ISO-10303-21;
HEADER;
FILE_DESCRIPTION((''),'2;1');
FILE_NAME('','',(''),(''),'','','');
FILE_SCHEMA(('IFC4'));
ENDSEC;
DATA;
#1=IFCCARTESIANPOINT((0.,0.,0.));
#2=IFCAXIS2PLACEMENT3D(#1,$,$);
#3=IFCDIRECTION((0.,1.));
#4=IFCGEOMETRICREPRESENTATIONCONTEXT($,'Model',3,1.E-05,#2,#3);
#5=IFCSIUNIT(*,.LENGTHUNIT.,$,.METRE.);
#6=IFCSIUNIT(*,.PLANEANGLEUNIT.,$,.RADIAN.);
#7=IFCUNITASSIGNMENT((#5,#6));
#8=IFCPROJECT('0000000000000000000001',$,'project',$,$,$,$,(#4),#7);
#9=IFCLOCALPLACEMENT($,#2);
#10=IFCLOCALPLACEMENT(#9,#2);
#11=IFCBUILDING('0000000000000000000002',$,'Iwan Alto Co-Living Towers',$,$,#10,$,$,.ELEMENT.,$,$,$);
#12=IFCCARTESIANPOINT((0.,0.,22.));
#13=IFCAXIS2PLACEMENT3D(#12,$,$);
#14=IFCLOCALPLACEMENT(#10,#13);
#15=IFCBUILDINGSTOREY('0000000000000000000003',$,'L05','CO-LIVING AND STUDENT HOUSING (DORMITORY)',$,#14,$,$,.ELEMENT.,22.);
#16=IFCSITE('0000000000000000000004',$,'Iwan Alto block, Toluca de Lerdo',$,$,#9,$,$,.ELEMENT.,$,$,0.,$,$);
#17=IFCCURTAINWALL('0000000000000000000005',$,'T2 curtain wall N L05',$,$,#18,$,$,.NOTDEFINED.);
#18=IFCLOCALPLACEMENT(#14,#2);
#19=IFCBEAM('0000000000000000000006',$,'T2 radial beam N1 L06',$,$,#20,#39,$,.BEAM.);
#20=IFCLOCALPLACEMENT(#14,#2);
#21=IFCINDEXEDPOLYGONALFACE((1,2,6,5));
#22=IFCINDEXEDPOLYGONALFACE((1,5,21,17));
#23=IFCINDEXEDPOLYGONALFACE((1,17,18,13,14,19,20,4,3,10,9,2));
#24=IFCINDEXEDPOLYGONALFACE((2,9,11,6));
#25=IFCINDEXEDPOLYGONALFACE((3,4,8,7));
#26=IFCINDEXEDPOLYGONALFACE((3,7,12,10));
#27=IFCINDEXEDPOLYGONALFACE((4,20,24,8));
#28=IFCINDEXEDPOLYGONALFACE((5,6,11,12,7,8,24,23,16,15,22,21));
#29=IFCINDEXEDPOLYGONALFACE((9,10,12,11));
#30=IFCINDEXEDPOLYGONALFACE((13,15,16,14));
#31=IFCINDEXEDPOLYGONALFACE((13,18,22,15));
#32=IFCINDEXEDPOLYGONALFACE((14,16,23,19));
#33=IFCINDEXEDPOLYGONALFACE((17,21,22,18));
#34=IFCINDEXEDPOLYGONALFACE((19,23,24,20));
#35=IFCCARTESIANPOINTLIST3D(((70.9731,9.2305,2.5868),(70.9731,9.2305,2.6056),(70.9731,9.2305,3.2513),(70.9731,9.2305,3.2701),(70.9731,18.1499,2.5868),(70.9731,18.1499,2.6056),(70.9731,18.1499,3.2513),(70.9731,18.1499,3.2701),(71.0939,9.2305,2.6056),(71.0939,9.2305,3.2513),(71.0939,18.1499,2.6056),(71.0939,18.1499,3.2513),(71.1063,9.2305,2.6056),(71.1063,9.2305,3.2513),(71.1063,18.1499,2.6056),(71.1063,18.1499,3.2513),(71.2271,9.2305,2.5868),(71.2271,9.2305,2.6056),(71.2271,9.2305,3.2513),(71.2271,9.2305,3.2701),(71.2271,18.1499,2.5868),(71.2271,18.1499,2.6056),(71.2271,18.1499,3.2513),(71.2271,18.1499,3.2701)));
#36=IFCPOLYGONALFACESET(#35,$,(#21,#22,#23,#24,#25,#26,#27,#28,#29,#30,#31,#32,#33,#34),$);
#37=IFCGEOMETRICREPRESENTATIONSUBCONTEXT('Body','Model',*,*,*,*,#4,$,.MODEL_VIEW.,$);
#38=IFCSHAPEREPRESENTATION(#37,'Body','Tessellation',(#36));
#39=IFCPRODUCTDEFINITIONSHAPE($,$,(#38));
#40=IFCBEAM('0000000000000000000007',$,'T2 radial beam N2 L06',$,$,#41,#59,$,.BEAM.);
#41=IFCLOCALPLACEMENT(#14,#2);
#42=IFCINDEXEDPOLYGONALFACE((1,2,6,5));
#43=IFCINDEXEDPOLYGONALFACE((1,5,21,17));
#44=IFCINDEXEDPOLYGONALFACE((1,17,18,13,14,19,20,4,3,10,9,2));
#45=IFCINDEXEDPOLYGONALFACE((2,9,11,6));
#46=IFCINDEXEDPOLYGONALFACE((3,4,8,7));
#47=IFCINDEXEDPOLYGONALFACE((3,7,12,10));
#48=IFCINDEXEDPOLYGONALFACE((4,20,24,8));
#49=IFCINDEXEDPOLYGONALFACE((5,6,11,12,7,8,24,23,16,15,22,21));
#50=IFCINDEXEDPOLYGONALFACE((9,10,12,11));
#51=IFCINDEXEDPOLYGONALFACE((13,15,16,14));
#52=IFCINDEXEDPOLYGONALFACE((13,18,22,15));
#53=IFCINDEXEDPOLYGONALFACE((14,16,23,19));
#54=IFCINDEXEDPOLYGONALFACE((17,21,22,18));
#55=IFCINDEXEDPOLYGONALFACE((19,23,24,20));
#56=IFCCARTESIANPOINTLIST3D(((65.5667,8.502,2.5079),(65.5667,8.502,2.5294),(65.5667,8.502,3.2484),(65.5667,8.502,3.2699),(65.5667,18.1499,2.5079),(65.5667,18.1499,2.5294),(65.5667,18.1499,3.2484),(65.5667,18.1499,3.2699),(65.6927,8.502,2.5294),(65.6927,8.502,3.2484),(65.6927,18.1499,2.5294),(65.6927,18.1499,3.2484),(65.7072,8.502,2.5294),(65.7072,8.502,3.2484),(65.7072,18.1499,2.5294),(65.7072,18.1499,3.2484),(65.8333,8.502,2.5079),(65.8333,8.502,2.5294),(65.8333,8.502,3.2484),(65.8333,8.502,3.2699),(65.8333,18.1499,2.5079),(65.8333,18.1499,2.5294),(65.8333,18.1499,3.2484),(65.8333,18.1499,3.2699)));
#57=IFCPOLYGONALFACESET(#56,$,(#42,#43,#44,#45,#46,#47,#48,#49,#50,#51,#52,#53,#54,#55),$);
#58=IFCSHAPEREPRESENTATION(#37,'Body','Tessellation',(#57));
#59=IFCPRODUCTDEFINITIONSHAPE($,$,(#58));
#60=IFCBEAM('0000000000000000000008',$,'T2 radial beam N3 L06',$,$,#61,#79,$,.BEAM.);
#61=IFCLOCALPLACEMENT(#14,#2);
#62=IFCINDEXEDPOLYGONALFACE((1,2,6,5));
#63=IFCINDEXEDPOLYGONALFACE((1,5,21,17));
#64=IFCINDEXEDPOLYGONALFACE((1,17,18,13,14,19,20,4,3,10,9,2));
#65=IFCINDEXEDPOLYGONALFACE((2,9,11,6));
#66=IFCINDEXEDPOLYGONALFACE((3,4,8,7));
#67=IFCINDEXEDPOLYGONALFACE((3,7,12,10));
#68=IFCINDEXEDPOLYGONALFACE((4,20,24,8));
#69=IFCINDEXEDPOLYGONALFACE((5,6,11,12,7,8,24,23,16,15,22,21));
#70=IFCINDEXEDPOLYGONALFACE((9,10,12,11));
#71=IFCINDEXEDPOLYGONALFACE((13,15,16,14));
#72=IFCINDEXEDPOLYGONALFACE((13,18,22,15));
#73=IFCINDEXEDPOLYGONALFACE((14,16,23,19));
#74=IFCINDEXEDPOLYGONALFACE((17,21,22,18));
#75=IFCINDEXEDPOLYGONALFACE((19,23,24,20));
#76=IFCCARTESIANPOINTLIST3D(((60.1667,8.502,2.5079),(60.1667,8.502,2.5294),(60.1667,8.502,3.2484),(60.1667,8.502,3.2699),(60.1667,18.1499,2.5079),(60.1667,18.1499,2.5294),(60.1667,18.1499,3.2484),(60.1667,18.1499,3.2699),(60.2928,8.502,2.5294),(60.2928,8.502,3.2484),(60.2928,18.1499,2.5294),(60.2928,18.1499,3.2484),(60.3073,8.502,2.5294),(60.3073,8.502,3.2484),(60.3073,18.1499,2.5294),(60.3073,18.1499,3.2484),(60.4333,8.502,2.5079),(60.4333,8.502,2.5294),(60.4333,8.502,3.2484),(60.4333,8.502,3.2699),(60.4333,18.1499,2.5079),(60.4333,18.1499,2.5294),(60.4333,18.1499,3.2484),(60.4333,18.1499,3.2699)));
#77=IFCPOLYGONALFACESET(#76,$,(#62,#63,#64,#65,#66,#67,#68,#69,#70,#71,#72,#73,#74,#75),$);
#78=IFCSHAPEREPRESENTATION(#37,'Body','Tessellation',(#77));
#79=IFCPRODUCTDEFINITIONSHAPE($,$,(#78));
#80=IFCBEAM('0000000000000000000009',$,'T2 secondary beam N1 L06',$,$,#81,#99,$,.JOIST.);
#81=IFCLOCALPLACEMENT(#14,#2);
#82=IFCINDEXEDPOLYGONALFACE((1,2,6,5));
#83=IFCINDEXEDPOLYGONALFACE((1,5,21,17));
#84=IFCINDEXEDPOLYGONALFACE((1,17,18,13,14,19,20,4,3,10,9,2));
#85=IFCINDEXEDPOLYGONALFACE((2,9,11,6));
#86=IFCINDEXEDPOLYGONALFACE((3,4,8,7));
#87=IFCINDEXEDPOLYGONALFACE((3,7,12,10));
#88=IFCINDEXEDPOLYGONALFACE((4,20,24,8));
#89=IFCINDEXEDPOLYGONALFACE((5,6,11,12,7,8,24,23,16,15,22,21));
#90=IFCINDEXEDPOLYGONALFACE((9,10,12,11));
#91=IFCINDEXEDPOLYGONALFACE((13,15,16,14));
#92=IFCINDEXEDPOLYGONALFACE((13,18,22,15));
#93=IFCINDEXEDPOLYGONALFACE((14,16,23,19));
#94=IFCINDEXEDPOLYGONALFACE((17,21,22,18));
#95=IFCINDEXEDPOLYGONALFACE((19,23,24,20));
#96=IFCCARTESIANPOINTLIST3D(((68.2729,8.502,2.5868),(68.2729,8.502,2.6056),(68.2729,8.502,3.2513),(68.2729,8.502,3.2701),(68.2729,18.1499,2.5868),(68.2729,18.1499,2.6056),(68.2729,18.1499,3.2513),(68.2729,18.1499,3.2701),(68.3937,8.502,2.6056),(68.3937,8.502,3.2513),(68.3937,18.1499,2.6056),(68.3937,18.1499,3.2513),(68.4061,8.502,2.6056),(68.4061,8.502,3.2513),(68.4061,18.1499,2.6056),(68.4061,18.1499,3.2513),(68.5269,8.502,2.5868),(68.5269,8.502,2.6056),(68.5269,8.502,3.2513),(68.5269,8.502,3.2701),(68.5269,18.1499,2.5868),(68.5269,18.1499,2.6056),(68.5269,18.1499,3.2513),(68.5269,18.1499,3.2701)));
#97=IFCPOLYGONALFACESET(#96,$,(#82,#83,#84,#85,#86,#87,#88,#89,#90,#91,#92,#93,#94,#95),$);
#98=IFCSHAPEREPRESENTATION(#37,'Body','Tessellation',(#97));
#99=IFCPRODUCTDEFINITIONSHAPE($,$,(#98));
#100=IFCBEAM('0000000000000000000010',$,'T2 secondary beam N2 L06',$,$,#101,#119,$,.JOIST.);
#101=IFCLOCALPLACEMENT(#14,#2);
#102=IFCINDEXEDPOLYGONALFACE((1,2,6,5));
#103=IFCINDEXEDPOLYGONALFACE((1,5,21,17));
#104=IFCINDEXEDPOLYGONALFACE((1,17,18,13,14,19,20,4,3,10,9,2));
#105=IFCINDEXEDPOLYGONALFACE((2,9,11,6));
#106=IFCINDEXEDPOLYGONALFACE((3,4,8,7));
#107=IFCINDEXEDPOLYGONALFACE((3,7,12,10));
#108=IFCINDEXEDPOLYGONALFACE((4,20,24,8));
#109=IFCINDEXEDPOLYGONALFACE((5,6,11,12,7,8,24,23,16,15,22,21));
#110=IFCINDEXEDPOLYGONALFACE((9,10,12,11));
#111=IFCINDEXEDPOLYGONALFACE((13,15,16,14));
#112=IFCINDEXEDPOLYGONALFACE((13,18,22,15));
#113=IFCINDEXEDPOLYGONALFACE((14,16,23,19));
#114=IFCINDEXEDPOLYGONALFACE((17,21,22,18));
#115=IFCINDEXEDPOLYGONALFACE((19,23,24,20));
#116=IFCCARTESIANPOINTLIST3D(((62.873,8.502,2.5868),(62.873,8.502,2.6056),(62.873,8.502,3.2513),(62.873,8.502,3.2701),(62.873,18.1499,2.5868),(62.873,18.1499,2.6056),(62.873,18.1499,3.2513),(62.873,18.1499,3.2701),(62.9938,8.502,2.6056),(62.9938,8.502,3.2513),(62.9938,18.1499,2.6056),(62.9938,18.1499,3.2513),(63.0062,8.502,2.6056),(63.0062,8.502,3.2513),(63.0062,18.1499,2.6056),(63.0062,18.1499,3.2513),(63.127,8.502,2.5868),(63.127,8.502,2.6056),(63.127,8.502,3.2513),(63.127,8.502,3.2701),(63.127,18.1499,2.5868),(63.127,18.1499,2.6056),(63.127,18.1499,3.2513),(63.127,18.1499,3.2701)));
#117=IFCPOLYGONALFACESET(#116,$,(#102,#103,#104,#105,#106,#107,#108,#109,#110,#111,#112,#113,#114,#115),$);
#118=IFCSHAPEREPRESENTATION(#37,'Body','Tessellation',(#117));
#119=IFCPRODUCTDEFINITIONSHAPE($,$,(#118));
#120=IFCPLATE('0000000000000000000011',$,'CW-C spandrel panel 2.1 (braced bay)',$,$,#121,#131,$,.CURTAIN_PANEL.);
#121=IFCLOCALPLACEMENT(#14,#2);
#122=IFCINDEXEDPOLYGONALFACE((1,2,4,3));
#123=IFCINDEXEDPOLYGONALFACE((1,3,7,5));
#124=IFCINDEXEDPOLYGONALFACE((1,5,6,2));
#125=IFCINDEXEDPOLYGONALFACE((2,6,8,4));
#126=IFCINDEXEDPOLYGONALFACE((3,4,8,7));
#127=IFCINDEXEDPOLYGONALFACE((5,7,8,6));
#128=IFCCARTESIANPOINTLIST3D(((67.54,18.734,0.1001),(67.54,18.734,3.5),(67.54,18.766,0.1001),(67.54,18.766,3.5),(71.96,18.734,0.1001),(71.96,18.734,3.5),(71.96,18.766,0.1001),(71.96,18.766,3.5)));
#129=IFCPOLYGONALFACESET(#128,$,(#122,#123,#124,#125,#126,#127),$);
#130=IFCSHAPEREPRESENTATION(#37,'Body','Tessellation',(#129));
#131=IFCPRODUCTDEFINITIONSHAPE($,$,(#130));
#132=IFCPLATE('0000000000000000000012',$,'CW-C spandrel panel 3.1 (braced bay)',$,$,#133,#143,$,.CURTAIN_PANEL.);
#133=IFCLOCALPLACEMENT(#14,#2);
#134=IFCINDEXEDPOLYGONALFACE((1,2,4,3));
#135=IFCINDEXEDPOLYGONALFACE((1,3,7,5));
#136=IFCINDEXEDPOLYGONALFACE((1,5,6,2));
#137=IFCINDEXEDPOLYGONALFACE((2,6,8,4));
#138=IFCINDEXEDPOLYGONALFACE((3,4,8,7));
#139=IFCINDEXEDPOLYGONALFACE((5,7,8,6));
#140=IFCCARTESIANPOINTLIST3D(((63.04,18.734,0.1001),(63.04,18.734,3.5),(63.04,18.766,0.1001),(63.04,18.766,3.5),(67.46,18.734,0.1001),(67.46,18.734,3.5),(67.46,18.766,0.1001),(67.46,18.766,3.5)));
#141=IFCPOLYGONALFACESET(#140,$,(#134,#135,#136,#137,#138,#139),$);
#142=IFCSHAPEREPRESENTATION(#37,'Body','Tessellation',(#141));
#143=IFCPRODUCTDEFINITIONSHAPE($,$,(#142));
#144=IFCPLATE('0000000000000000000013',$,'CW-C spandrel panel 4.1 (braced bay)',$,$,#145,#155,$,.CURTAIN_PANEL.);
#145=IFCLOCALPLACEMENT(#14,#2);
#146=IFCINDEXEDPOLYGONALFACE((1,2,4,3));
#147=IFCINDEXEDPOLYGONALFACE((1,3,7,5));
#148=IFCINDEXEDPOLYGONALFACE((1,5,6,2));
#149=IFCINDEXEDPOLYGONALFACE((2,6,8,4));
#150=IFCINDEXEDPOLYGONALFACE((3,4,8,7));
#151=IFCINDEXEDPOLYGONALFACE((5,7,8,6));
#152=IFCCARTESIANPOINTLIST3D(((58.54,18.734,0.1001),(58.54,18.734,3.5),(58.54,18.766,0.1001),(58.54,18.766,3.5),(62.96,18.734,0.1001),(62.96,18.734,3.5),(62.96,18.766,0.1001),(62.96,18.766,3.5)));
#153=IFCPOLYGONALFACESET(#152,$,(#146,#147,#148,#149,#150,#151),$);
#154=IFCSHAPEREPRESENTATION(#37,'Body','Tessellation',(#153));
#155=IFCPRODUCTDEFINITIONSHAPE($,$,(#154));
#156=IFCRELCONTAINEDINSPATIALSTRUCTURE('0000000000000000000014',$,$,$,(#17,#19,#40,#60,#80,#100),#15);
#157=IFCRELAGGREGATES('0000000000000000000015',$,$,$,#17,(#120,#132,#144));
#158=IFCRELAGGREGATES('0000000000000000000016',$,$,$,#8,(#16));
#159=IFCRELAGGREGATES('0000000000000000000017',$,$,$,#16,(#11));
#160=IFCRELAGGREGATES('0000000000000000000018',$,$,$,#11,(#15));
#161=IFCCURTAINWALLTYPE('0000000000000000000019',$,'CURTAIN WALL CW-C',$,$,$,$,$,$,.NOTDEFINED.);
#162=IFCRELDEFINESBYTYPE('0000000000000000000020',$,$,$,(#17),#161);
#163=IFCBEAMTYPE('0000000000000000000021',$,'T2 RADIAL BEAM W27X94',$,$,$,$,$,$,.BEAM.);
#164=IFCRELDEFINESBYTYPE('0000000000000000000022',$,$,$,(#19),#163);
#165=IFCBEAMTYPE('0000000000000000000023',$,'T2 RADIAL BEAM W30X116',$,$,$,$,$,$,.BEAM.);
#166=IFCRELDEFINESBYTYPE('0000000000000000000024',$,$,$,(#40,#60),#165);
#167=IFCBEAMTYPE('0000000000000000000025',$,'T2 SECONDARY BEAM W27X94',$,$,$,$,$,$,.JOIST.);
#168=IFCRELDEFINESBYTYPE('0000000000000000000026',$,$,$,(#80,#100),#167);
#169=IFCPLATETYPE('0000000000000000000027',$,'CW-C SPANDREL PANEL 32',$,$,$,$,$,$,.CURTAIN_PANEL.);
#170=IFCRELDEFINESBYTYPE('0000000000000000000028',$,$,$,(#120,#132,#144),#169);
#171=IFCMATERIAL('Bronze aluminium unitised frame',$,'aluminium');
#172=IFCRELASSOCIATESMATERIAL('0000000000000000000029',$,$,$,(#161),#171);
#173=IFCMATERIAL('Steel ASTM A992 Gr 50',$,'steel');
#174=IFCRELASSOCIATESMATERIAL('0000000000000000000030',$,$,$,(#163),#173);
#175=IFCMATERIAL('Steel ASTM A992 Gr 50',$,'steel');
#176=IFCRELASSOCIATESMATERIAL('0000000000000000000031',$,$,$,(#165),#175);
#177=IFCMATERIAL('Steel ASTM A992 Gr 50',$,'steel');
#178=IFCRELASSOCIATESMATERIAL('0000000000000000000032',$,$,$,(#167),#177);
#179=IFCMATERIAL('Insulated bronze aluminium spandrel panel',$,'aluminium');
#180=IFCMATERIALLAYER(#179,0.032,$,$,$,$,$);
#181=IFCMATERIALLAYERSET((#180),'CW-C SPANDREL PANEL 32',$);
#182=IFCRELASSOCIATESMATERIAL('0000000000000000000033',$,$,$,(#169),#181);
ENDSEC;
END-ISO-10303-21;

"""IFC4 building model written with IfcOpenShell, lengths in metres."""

from ifc_helpers import new_model, si_unit, direction, frame, origin, origin_2d, place, context, subcontext, project, spatial, rectangle, i_section, extrude, material, layer, layer_set, material_profile, profile_set, type_object, element, aggregate, save


model = new_model("IFC4")

# Units and contexts
model_context = context("Model", 3, precision=1e-05, world=origin(), true_north=direction((0.0, 1.0)))
body_context = subcontext(model_context, "Body", "Model", "MODEL_VIEW")
ifc_project = project(units=[si_unit("LENGTHUNIT", "METRE"), si_unit("PLANEANGLEUNIT", "RADIAN")], contexts=[model_context])

# Site, building, storey
site_placement = place(None, origin())
site = spatial("IfcSite", under=ifc_project, at=site_placement, Name="Iwan Alto block, Toluca de Lerdo", CompositionType="ELEMENT", RefElevation=0.0)
building_placement = place(site_placement, origin())
building = spatial("IfcBuilding", under=site, at=building_placement, Name="Iwan Alto Co-Living Towers", CompositionType="ELEMENT")
storey_placement = place(building_placement, frame((0.0, 0.0, 22.0)))
storey = spatial("IfcBuildingStorey", under=building, at=storey_placement, Name="L05", Description="CO-LIVING AND STUDENT HOUSING (DORMITORY)", CompositionType="ELEMENT", Elevation=22.0)

# Curtain wall
ifc_material_1 = material(Name="Bronze aluminium unitised frame", Category="aluminium")
curtain_wall_type = type_object("IfcCurtainWallType", Name="CURTAIN WALL CW-C", PredefinedType="NOTDEFINED", material=ifc_material_1)
curtain_wall_placement = place(storey_placement, origin())
curtain_wall = element("IfcCurtainWall", 1, at=curtain_wall_placement, inside=storey, type_object=curtain_wall_type, Name="T2 curtain wall N L05", PredefinedType="NOTDEFINED")

# Beams
ifc_material_2 = material(Name="Steel ASTM A992 Gr 50", Category="steel")
ifc_material_profile_1 = material_profile(ifc_material_2, i_section(OverallWidth=0.2539, OverallDepth=0.6833, WebThickness=0.0125, FlangeThickness=0.0188, at=origin_2d()), Name="W27X94")
ifc_profile_set_1 = profile_set([ifc_material_profile_1], Name="Steel ASTM A992 Gr 50")
beam_type_1 = type_object("IfcBeamType", Name="T2 RADIAL BEAM W27X94", PredefinedType="BEAM", material=ifc_profile_set_1)
beam_1_placement = place(storey_placement, frame((71.1001, 18.1499, 2.9285), z_axis=(0.0, -1.0, 0.0), x_axis=(1.0, 0.0, 0.0)))
element("IfcBeam", 2, at=beam_1_placement, inside=storey, type_object=beam_type_1, Name="T2 radial beam N1 L06", PredefinedType="BEAM", context=body_context, shape_type="SweptSolid", body=[
    extrude(i_section(OverallWidth=0.2539, OverallDepth=0.6833, WebThickness=0.0125, FlangeThickness=0.0188, at=origin_2d()), origin(), (0.0, 0.0, 1.0), 8.9194),
])
ifc_material_3 = material(Name="Steel ASTM A992 Gr 50", Category="steel")
ifc_material_profile_2 = material_profile(ifc_material_3, i_section(OverallWidth=0.2666, OverallDepth=0.762, WebThickness=0.0144, FlangeThickness=0.0215, at=origin_2d()), Name="W30X116")
ifc_profile_set_2 = profile_set([ifc_material_profile_2], Name="Steel ASTM A992 Gr 50")
beam_type_2 = type_object("IfcBeamType", Name="T2 RADIAL BEAM W30X116", PredefinedType="BEAM", material=ifc_profile_set_2)
for number, where, z_axis, x_axis, name in (
    (3, (65.7, 18.1499, 2.8889), (0.0, -1.0, 0.0), (1.0, 0.0, 0.0), "T2 radial beam N2 L06"),
    (4, (60.3, 18.1499, 2.8889), (0.0, -1.0, 0.0), (1.0, 0.0, 0.0), "T2 radial beam N3 L06"),
):
    element("IfcBeam", number, at=place(storey_placement, frame(where, z_axis=z_axis, x_axis=x_axis)), inside=storey, type_object=beam_type_2, Name=name, PredefinedType="BEAM", context=body_context, shape_type="SweptSolid", body=[
        extrude(i_section(OverallWidth=0.2666, OverallDepth=0.762, WebThickness=0.0144, FlangeThickness=0.0215, at=origin_2d()), origin(), (0.0, 0.0, 1.0), 9.6479),
    ])
ifc_material_4 = material(Name="Steel ASTM A992 Gr 50", Category="steel")
ifc_material_profile_3 = material_profile(ifc_material_4, i_section(OverallWidth=0.2539, OverallDepth=0.6833, WebThickness=0.0125, FlangeThickness=0.0188, at=origin_2d()), Name="W27X94")
ifc_profile_set_3 = profile_set([ifc_material_profile_3], Name="Steel ASTM A992 Gr 50")
beam_type_3 = type_object("IfcBeamType", Name="T2 SECONDARY BEAM W27X94", PredefinedType="JOIST", material=ifc_profile_set_3)
for number, where, z_axis, x_axis, name in (
    (5, (68.3999, 18.1499, 2.9285), (0.0, -1.0, 0.0), (1.0, 0.0, 0.0), "T2 secondary beam N1 L06"),
    (6, (63.0, 18.1499, 2.9285), (0.0, -1.0, 0.0), (1.0, 0.0, 0.0), "T2 secondary beam N2 L06"),
):
    element("IfcBeam", number, at=place(storey_placement, frame(where, z_axis=z_axis, x_axis=x_axis)), inside=storey, type_object=beam_type_3, Name=name, PredefinedType="JOIST", context=body_context, shape_type="SweptSolid", body=[
        extrude(i_section(OverallWidth=0.2539, OverallDepth=0.6833, WebThickness=0.0125, FlangeThickness=0.0188, at=origin_2d()), origin(), (0.0, 0.0, 1.0), 9.6479),
    ])

# Plates
ifc_material_5 = material(Name="Insulated bronze aluminium spandrel panel", Category="aluminium")
ifc_layer_1 = layer(ifc_material_5, 0.032)
ifc_layer_set_1 = layer_set([ifc_layer_1], Name="CW-C SPANDREL PANEL 32")
plate_type = type_object("IfcPlateType", Name="CW-C SPANDREL PANEL 32", PredefinedType="CURTAIN_PANEL", material=ifc_layer_set_1)
plate_1_placement = place(storey_placement, frame((69.75, 18.75, 0.1001), z_axis=(0.0, 0.0, 1.0), x_axis=(-1.0, 0.0, 0.0)))
plate_1 = element("IfcPlate", 7, at=plate_1_placement, type_object=plate_type, Name="CW-C spandrel panel 2.1 (braced bay)", PredefinedType="CURTAIN_PANEL", context=body_context, shape_type="SweptSolid", body=[
    extrude(rectangle(XDim=4.4199, YDim=0.032, at=origin_2d()), origin(), (0.0, 0.0, 1.0), 3.3999),
])
plate_2_placement = place(storey_placement, frame((65.25, 18.75, 0.1001), z_axis=(0.0, 0.0, 1.0), x_axis=(-1.0, 0.0, 0.0)))
plate_2 = element("IfcPlate", 8, at=plate_2_placement, type_object=plate_type, Name="CW-C spandrel panel 3.1 (braced bay)", PredefinedType="CURTAIN_PANEL", context=body_context, shape_type="SweptSolid", body=[
    extrude(rectangle(XDim=4.4199, YDim=0.032, at=origin_2d()), origin(), (0.0, 0.0, 1.0), 3.3999),
])
plate_3_placement = place(storey_placement, frame((60.75, 18.75, 0.1001), z_axis=(0.0, 0.0, 1.0), x_axis=(-1.0, 0.0, 0.0)))
plate_3 = element("IfcPlate", 9, at=plate_3_placement, type_object=plate_type, Name="CW-C spandrel panel 4.1 (braced bay)", PredefinedType="CURTAIN_PANEL", context=body_context, shape_type="SweptSolid", body=[
    extrude(rectangle(XDim=4.4199, YDim=0.032, at=origin_2d()), origin(), (0.0, 0.0, 1.0), 3.3999),
])
aggregate(curtain_wall, [plate_1, plate_2, plate_3])

save(model, "model.ifc")
